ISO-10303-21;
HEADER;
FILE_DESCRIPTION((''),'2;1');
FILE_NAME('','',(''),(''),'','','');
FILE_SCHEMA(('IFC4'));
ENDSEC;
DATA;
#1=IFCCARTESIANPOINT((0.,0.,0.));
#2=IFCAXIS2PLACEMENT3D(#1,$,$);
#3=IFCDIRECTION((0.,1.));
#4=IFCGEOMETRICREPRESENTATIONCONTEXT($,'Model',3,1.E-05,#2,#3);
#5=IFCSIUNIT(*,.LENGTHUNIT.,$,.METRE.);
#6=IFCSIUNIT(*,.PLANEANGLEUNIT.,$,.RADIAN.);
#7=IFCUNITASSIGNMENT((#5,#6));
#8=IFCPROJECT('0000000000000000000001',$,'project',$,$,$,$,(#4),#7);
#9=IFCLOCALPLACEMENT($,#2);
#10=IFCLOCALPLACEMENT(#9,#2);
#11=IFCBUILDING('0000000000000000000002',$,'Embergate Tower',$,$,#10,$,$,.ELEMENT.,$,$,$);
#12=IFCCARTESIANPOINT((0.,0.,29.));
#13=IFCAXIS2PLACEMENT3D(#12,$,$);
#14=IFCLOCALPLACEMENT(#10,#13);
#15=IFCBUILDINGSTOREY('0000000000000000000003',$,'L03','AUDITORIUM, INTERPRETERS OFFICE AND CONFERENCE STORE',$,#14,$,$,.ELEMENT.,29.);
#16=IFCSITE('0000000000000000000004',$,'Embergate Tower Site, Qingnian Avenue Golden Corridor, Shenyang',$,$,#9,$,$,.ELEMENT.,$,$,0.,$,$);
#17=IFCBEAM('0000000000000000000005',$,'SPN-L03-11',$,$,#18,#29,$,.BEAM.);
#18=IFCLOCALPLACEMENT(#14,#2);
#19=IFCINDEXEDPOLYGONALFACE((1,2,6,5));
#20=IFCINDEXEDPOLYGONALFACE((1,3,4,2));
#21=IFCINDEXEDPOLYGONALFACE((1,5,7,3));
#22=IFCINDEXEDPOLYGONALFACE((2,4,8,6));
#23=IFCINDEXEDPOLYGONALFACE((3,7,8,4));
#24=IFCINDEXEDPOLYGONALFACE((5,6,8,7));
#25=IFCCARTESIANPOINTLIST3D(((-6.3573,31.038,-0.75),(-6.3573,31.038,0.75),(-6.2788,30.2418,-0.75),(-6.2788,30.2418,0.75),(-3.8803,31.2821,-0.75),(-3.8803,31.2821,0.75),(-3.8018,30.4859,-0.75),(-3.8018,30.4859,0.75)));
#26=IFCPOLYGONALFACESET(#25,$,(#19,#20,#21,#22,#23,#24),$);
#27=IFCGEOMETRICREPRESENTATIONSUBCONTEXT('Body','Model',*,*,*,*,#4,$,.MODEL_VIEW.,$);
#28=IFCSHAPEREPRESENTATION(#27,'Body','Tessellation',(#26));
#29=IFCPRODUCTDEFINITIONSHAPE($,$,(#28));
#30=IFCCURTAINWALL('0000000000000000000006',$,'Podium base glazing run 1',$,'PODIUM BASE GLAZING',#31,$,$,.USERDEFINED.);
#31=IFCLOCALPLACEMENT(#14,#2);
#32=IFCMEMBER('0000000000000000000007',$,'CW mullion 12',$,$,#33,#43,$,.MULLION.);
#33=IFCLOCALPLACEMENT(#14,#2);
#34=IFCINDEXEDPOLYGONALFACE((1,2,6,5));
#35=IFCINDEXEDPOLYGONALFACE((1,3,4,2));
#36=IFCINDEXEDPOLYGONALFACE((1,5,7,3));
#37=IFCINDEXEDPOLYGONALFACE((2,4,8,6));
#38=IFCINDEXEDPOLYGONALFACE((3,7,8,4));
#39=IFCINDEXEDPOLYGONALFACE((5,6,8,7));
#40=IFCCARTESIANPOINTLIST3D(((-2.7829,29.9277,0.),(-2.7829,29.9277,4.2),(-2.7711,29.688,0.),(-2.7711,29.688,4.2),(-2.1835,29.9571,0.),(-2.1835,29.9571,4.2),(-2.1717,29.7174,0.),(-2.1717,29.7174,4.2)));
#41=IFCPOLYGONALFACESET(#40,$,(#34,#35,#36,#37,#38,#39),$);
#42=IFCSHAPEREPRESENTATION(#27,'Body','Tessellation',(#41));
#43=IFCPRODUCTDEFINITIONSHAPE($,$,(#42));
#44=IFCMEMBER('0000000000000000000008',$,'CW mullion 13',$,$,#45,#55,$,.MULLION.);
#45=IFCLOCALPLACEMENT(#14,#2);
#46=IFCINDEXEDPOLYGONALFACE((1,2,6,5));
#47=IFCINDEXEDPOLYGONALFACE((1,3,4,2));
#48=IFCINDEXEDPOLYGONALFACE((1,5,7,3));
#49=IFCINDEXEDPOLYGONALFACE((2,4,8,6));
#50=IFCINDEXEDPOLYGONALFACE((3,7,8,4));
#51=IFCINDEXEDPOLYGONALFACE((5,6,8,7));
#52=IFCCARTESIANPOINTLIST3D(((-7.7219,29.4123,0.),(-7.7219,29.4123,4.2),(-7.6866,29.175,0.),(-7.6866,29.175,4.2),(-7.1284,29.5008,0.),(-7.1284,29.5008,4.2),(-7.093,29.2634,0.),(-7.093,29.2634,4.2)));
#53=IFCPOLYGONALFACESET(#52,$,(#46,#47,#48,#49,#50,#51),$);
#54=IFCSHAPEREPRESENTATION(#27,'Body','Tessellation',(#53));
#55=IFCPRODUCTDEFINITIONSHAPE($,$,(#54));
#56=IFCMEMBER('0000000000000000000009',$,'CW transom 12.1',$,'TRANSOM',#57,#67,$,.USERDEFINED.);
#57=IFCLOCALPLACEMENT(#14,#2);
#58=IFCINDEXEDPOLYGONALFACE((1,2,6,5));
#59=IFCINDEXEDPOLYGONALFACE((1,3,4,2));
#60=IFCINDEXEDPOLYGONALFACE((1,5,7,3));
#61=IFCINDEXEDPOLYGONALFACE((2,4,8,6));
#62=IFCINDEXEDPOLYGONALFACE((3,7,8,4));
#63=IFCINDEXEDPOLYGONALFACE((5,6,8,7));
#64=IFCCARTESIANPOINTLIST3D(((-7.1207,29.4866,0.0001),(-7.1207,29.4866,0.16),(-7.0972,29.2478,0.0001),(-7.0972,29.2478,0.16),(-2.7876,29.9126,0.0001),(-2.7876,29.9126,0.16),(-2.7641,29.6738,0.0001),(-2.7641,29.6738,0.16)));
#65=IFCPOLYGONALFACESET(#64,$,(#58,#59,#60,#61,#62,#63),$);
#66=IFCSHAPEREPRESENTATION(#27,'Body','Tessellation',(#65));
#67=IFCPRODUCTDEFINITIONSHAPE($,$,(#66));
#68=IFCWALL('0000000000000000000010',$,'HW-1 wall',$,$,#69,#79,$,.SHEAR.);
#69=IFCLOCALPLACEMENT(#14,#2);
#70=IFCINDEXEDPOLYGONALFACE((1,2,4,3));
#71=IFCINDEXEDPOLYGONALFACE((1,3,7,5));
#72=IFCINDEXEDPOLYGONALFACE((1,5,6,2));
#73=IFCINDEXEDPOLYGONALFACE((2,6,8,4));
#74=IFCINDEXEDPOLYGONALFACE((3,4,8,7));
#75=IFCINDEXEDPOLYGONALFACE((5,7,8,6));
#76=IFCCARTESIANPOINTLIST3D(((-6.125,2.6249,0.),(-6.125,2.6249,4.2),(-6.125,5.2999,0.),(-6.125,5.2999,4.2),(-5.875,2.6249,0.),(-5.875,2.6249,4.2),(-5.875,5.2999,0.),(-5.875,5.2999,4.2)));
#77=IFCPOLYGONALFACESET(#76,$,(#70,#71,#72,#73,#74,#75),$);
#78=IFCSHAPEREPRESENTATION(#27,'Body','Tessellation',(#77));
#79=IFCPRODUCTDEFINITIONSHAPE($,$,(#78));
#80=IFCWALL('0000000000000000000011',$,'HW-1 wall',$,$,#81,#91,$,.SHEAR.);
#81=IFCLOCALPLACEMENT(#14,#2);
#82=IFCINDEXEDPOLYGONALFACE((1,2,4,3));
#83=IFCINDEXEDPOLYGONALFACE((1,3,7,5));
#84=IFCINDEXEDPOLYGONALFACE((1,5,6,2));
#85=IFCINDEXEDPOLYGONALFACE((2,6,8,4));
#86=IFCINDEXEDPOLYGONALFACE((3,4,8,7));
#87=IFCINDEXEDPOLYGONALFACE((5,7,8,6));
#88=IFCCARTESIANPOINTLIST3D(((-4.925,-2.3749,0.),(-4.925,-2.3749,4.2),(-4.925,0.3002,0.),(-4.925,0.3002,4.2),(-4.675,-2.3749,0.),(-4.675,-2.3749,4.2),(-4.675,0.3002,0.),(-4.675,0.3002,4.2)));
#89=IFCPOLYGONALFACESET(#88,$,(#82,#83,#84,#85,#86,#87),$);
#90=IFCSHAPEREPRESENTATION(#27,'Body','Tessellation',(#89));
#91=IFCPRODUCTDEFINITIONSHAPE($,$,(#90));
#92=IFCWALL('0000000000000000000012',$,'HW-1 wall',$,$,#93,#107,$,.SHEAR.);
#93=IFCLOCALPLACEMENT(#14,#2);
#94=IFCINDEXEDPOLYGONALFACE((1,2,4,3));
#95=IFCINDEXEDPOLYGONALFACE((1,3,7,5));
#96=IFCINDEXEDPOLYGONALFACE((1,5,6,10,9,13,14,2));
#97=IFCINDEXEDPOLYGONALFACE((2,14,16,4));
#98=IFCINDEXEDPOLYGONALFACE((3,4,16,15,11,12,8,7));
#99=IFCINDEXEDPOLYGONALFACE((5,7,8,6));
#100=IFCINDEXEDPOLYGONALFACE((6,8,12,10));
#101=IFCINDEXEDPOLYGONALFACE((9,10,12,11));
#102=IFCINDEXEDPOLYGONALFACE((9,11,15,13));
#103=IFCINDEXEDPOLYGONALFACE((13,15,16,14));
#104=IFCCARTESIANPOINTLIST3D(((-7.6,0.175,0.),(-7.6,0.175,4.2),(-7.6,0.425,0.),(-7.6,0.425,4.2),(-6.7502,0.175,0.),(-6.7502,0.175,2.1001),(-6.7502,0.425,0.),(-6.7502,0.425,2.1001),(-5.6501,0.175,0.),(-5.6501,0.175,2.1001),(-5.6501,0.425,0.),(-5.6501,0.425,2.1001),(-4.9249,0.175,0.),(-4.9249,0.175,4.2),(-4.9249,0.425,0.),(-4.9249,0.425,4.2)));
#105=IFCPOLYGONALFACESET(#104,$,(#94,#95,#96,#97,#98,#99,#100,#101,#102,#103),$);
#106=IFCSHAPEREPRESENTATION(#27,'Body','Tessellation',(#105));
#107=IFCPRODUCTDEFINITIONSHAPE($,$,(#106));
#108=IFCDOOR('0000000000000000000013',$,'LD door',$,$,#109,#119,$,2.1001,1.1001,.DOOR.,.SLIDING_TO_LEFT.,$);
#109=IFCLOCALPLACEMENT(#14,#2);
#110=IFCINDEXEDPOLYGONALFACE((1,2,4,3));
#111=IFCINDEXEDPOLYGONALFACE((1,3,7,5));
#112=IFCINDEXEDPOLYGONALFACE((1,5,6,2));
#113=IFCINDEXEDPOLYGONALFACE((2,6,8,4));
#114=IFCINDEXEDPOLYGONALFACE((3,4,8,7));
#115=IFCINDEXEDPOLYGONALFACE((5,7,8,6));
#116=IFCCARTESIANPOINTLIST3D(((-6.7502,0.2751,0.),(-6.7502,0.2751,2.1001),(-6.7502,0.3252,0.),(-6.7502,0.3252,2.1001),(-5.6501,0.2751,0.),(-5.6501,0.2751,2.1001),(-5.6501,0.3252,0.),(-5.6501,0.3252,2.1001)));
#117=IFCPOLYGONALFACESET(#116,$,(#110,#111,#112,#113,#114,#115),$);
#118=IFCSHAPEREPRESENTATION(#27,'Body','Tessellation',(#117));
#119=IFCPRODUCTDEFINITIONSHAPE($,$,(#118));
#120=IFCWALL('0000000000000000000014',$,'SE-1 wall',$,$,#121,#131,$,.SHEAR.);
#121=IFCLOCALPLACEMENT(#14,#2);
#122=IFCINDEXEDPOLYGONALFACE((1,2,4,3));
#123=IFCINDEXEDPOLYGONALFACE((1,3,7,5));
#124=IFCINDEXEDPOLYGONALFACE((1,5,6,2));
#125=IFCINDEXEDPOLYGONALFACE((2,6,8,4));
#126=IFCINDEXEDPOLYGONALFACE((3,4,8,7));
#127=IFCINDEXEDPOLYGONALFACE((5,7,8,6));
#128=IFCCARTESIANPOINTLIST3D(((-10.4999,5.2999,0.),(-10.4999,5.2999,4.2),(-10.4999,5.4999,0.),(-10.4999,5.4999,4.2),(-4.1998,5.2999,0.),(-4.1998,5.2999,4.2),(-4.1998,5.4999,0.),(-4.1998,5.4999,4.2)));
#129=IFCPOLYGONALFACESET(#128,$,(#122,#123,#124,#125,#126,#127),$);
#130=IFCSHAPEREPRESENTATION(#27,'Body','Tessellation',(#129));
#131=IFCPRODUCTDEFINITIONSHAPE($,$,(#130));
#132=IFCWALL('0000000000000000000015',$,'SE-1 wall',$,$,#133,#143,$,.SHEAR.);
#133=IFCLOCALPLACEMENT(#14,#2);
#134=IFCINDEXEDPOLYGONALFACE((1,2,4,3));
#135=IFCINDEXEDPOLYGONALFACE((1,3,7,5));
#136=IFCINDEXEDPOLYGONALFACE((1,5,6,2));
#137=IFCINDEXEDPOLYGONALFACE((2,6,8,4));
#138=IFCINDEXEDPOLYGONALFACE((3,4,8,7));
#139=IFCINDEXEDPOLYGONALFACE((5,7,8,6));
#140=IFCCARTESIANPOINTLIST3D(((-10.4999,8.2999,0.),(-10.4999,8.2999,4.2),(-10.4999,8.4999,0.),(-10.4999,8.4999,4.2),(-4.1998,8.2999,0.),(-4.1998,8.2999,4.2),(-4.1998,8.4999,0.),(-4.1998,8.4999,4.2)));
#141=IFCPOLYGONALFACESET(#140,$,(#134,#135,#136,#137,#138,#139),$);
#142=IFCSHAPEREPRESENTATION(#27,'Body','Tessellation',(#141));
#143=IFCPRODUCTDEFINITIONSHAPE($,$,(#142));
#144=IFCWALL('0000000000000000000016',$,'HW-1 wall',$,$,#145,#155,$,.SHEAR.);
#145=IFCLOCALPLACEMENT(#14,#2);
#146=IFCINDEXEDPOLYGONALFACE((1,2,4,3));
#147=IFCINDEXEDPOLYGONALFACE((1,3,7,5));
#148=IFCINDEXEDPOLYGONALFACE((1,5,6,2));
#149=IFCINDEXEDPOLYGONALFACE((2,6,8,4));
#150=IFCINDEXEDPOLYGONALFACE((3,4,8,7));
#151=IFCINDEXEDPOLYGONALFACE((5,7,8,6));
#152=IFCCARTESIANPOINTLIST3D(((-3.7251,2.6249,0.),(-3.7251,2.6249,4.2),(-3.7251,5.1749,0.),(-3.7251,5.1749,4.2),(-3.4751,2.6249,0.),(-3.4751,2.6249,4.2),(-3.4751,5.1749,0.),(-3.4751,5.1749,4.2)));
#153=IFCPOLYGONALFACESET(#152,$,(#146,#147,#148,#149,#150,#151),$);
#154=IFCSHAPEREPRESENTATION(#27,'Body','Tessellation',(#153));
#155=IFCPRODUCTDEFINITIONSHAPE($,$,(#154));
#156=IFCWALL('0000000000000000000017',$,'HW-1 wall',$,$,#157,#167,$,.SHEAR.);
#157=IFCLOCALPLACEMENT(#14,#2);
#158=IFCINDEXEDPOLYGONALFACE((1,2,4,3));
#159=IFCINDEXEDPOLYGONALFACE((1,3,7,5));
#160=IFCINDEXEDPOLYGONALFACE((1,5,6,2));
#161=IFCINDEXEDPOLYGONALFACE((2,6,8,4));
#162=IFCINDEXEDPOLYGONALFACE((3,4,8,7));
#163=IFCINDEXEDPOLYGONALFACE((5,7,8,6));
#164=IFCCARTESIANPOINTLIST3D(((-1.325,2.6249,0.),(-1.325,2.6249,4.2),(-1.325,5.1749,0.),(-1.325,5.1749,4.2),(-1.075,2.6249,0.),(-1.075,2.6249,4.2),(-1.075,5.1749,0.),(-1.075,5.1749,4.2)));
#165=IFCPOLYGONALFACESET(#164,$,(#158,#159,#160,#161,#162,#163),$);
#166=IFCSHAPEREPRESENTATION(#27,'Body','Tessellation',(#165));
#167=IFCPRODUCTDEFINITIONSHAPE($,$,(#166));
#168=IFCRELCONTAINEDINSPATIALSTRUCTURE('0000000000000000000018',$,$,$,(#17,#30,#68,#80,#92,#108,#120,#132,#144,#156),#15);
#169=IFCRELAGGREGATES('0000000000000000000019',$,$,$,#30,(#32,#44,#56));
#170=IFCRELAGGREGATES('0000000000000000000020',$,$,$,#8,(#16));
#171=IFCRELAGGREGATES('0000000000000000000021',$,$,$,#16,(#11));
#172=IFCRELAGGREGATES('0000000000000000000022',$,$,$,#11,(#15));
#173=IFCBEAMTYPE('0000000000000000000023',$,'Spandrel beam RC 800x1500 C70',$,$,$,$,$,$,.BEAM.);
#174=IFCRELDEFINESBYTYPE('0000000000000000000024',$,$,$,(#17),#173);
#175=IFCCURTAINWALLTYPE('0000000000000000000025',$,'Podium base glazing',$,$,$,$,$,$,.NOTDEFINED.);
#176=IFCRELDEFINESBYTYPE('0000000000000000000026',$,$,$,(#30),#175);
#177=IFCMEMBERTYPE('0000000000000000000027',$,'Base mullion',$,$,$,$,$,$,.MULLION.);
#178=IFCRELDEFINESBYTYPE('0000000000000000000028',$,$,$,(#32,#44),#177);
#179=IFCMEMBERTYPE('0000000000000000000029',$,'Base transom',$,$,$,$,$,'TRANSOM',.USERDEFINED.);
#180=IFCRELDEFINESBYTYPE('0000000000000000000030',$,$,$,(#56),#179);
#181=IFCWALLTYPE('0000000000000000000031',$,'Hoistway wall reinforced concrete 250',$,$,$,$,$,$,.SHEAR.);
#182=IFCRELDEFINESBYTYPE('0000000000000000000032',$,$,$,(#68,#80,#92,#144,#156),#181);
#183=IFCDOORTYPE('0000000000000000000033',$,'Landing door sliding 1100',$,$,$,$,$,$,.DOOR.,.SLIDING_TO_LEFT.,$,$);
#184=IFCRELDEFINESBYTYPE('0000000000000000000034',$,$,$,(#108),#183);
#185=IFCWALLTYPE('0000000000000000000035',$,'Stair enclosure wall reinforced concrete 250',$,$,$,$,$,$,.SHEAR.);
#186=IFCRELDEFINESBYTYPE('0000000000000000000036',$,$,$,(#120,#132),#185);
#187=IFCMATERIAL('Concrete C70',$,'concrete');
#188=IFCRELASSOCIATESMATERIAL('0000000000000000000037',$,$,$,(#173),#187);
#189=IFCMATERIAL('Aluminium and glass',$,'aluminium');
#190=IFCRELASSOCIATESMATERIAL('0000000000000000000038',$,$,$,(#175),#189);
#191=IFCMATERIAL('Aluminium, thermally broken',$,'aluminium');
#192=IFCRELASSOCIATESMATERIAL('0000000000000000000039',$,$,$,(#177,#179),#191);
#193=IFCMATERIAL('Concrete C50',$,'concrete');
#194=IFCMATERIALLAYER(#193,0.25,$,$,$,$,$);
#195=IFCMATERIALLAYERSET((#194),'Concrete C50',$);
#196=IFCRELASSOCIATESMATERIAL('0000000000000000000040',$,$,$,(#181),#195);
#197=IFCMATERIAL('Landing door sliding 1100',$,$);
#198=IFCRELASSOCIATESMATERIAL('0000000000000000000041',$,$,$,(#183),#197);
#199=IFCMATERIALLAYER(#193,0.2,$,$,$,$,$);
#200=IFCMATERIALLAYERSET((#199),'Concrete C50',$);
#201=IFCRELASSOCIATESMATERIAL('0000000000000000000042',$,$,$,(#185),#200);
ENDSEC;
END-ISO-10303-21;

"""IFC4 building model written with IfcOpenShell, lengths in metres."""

from ifc_helpers import new_model, si_unit, direction, frame, frame_2d, origin, origin_2d, place, context, subcontext, project, spatial, rectangle, extrude, source, transform, mapped, material, layer, layer_set, material_profile, profile_set, type_object, element, fill, aggregate, save


model = new_model("IFC4")

# Units and contexts
model_context = context("Model", 3, precision=1e-05, world=origin(), true_north=direction((0.0, 1.0)))
body_context = subcontext(model_context, "Body", "Model", "MODEL_VIEW")
ifc_project = project(units=[si_unit("LENGTHUNIT", "METRE"), si_unit("PLANEANGLEUNIT", "RADIAN")], contexts=[model_context])

# Site, building, storey
site_placement = place(None, origin())
site = spatial("IfcSite", under=ifc_project, at=site_placement, Name="Embergate Tower Site, Qingnian Avenue Golden Corridor, Shenyang", CompositionType="ELEMENT", RefElevation=0.0)
building_placement = place(site_placement, origin())
building = spatial("IfcBuilding", under=site, at=building_placement, Name="Embergate Tower", CompositionType="ELEMENT")
storey_placement = place(building_placement, frame((0.0, 0.0, 29.0)))
storey = spatial("IfcBuildingStorey", under=building, at=storey_placement, Name="L03", Description="AUDITORIUM, INTERPRETERS OFFICE AND CONFERENCE STORE", CompositionType="ELEMENT", Elevation=29.0)

# Beam
ifc_material_1 = material(Name="Concrete C70", Category="concrete")
ifc_material_profile_1 = material_profile(ifc_material_1, rectangle(XDim=0.8, YDim=1.5, at=origin_2d()), Name="RC 800x1500")
ifc_profile_set_1 = profile_set([ifc_material_profile_1], Name="Concrete C70")
beam_type = type_object("IfcBeamType", Name="Spandrel beam RC 800x1500 C70", PredefinedType="BEAM", material=ifc_profile_set_1)
shared_shape_1 = source(origin(), body_context, "Body", "SweptSolid", [
    extrude(rectangle(XDim=0.8, YDim=1.5, at=origin_2d()), origin(), (0.0, 0.0, 1.0), 2.489),
])
beam_placement = place(storey_placement, frame((-3.8411, 30.884, 0.0), z_axis=(-0.995178, -0.098086, 0.0), x_axis=(0.098086, -0.995178, 0.0)))
element("IfcBeam", 1, at=beam_placement, inside=storey, type_object=beam_type, Name="SPN-L03-11", PredefinedType="BEAM", context=body_context, shape_type="MappedRepresentation", body=[
    mapped(shared_shape_1, transform((0.0, 0.0, 0.0))),
])

# Curtain wall, members
ifc_material_2 = material(Name="Aluminium and glass", Category="aluminium")
curtain_wall_type = type_object("IfcCurtainWallType", Name="Podium base glazing", PredefinedType="NOTDEFINED", material=ifc_material_2)
curtain_wall_placement = place(storey_placement, origin())
curtain_wall = element("IfcCurtainWall", 2, at=curtain_wall_placement, inside=storey, type_object=curtain_wall_type, Name="Podium base glazing run 1", ObjectType="PODIUM BASE GLAZING", PredefinedType="USERDEFINED")
ifc_material_3 = material(Name="Aluminium, thermally broken", Category="aluminium")
ifc_material_profile_2 = material_profile(ifc_material_3, rectangle(XDim=0.24, YDim=0.6001, at=origin_2d()), Name="AL 600x240")
ifc_profile_set_2 = profile_set([ifc_material_profile_2], Name="Aluminium, thermally broken")
member_type_1 = type_object("IfcMemberType", Name="Base mullion", PredefinedType="MULLION", material=ifc_profile_set_2)
shared_shape_2 = source(origin(), body_context, "Body", "SweptSolid", [
    extrude(rectangle(XDim=0.24, YDim=0.6001, at=origin_2d()), origin(), (0.0, 0.0, 1.0), 4.2),
])
member_1_placement = place(storey_placement, frame((-2.4773, 29.8225, 0.0), z_axis=(0.0, 0.0, 1.0), x_axis=(0.048972, -0.9988, 0.0)))
member_1 = element("IfcMember", 3, at=member_1_placement, type_object=member_type_1, Name="CW mullion 12", PredefinedType="MULLION", context=body_context, shape_type="MappedRepresentation", body=[
    mapped(shared_shape_2, transform((0.0, 0.0, 0.0))),
])
member_2_placement = place(storey_placement, frame((-7.4075, 29.3379, 0.0), z_axis=(0.0, 0.0, 1.0), x_axis=(0.147416, -0.989075, 0.0)))
member_2 = element("IfcMember", 4, at=member_2_placement, type_object=member_type_1, Name="CW mullion 13", PredefinedType="MULLION", context=body_context, shape_type="MappedRepresentation", body=[
    mapped(shared_shape_2, transform((0.0, 0.0, 0.0))),
])
ifc_material_profile_3 = material_profile(ifc_material_3, rectangle(XDim=0.24, YDim=0.1599, at=origin_2d()), Name="AL 160x240")
ifc_profile_set_3 = profile_set([ifc_material_profile_3], Name="Aluminium, thermally broken")
member_type_2 = type_object("IfcMemberType", Name="Base transom", ElementType="TRANSOM", PredefinedType="USERDEFINED", material=ifc_profile_set_3)
shared_shape_3 = source(origin(), body_context, "Body", "SweptSolid", [
    extrude(rectangle(XDim=0.24, YDim=0.1599, at=origin_2d()), origin(), (0.0, 0.0, 1.0), 4.354),
])
member_3_placement = place(storey_placement, frame((-2.7759, 29.7932, 0.0801), z_axis=(-0.995201, -0.097849, 0.0), x_axis=(0.097849, -0.995201, 0.0)))
member_3 = element("IfcMember", 5, at=member_3_placement, type_object=member_type_2, Name="CW transom 12.1", ObjectType="TRANSOM", PredefinedType="USERDEFINED", context=body_context, shape_type="MappedRepresentation", body=[
    mapped(shared_shape_3, transform((0.0, 0.0, 0.0))),
])
aggregate(curtain_wall, [member_1, member_2, member_3])

# Walls
ifc_material_4 = material(Name="Concrete C50", Category="concrete")
ifc_layer_1 = layer(ifc_material_4, 0.25)
ifc_layer_set_1 = layer_set([ifc_layer_1], Name="Concrete C50")
wall_type_1 = type_object("IfcWallType", Name="Hoistway wall reinforced concrete 250", PredefinedType="SHEAR", material=ifc_layer_set_1)
shared_shape_4 = source(origin(), body_context, "Body", "SweptSolid", [
    extrude(rectangle(XDim=2.675, YDim=0.25, at=frame_2d((1.3374, 0.0))), origin(), (0.0, 0.0, 1.0), 4.2),
])
for number, where, z_axis, x_axis, name in (
    (6, (-6.0, 2.625, 0.0), (0.0, 0.0, 1.0), (0.0, 1.0, 0.0), "HW-1 wall"),
    (7, (-4.8, 0.3, 0.0), (0.0, 0.0, 1.0), (0.0, -1.0, 0.0), "HW-1 wall"),
):
    element("IfcWall", number, at=place(storey_placement, frame(where, z_axis=z_axis, x_axis=x_axis)), inside=storey, type_object=wall_type_1, Name=name, PredefinedType="SHEAR", context=body_context, shape_type="MappedRepresentation", body=[
        mapped(shared_shape_4, transform((0.0, 0.0, 0.0))),
    ])

# Wall, opening, door
wall_1_placement = place(storey_placement, frame((-4.925, 0.3, 0.0), z_axis=(0.0, 0.0, 1.0), x_axis=(-1.0, 0.0, 0.0)))
wall_1 = element("IfcWall", 8, at=wall_1_placement, inside=storey, type_object=wall_type_1, Name="HW-1 wall", PredefinedType="SHEAR", context=body_context, shape_type="MappedRepresentation", body=[
    mapped(shared_shape_4, transform((0.0, 0.0, 0.0))),
])
shared_shape_5 = source(origin(), body_context, "Body", "SweptSolid", [
    extrude(rectangle(XDim=1.1001, YDim=2.1001, at=frame_2d((0.55, 1.05))), frame((0.0, 0.135, 0.0), z_axis=(0.0, -1.0, 0.0), x_axis=(1.0, 0.0, 0.0)), (0.0, 0.0, 1.0), 0.27),
])
opening_1_placement = place(wall_1_placement, frame((0.7251, 0.0, 0.0)))
opening_1 = element("IfcOpeningElement", 9, at=opening_1_placement, cuts=wall_1, PredefinedType="OPENING", context=body_context, shape_type="MappedRepresentation", body=[
    mapped(shared_shape_5, transform((0.0, 0.0, 0.0))),
])
ifc_material_5 = material(Name="Landing door sliding 1100")
door_type_1 = type_object("IfcDoorType", Name="Landing door sliding 1100", OperationType="SLIDING_TO_LEFT", PredefinedType="DOOR", material=ifc_material_5)
shared_shape_6 = source(origin(), body_context, "Body", "SweptSolid", [
    extrude(rectangle(XDim=1.1001, YDim=2.1001, at=frame_2d((0.55, 1.05))), frame((0.0, 0.0249, 0.0), z_axis=(0.0, -1.0, 0.0), x_axis=(1.0, 0.0, 0.0)), (0.0, 0.0, 1.0), 0.05),
])
door_1_placement = place(opening_1_placement, origin())
door_1 = element("IfcDoor", 10, at=door_1_placement, inside=storey, type_object=door_type_1, Name="LD door", OperationType="SLIDING_TO_LEFT", OverallHeight=2.1001, OverallWidth=1.1001, PredefinedType="DOOR", context=body_context, shape_type="MappedRepresentation", body=[
    mapped(shared_shape_6, transform((0.0, 0.0, 0.0))),
])
fill(opening_1, door_1)

# Walls
ifc_layer_2 = layer(ifc_material_4, 0.2)
ifc_layer_set_2 = layer_set([ifc_layer_2], Name="Concrete C50")
wall_type_2 = type_object("IfcWallType", Name="Stair enclosure wall reinforced concrete 250", PredefinedType="SHEAR", material=ifc_layer_set_2)
shared_shape_7 = source(origin(), body_context, "Body", "SweptSolid", [
    extrude(rectangle(XDim=6.3, YDim=0.2, at=frame_2d((3.1499, 0.0))), origin(), (0.0, 0.0, 1.0), 4.2),
])
for number, where, z_axis, x_axis, name in (
    (11, (-4.2, 5.3999, 0.0), (0.0, 0.0, 1.0), (-1.0, 0.0, 0.0), "SE-1 wall"),
    (12, (-4.2, 8.3999, 0.0), (0.0, 0.0, 1.0), (-1.0, 0.0, 0.0), "SE-1 wall"),
):
    element("IfcWall", number, at=place(storey_placement, frame(where, z_axis=z_axis, x_axis=x_axis)), inside=storey, type_object=wall_type_2, Name=name, PredefinedType="SHEAR", context=body_context, shape_type="MappedRepresentation", body=[
        mapped(shared_shape_7, transform((0.0, 0.0, 0.0))),
    ])
shared_shape_8 = source(origin(), body_context, "Body", "SweptSolid", [
    extrude(rectangle(XDim=2.55, YDim=0.25, at=frame_2d((1.2749, 0.0))), origin(), (0.0, 0.0, 1.0), 4.2),
])
for number, where, z_axis, x_axis, name in (
    (13, (-3.6001, 2.625, 0.0), (0.0, 0.0, 1.0), (0.0, 1.0, 0.0), "HW-1 wall"),
    (14, (-1.2, 2.625, 0.0), (0.0, 0.0, 1.0), (0.0, 1.0, 0.0), "HW-1 wall"),
):
    element("IfcWall", number, at=place(storey_placement, frame(where, z_axis=z_axis, x_axis=x_axis)), inside=storey, type_object=wall_type_1, Name=name, PredefinedType="SHEAR", context=body_context, shape_type="MappedRepresentation", body=[
        mapped(shared_shape_8, transform((0.0, 0.0, 0.0))),
    ])

save(model, "model.ifc")
